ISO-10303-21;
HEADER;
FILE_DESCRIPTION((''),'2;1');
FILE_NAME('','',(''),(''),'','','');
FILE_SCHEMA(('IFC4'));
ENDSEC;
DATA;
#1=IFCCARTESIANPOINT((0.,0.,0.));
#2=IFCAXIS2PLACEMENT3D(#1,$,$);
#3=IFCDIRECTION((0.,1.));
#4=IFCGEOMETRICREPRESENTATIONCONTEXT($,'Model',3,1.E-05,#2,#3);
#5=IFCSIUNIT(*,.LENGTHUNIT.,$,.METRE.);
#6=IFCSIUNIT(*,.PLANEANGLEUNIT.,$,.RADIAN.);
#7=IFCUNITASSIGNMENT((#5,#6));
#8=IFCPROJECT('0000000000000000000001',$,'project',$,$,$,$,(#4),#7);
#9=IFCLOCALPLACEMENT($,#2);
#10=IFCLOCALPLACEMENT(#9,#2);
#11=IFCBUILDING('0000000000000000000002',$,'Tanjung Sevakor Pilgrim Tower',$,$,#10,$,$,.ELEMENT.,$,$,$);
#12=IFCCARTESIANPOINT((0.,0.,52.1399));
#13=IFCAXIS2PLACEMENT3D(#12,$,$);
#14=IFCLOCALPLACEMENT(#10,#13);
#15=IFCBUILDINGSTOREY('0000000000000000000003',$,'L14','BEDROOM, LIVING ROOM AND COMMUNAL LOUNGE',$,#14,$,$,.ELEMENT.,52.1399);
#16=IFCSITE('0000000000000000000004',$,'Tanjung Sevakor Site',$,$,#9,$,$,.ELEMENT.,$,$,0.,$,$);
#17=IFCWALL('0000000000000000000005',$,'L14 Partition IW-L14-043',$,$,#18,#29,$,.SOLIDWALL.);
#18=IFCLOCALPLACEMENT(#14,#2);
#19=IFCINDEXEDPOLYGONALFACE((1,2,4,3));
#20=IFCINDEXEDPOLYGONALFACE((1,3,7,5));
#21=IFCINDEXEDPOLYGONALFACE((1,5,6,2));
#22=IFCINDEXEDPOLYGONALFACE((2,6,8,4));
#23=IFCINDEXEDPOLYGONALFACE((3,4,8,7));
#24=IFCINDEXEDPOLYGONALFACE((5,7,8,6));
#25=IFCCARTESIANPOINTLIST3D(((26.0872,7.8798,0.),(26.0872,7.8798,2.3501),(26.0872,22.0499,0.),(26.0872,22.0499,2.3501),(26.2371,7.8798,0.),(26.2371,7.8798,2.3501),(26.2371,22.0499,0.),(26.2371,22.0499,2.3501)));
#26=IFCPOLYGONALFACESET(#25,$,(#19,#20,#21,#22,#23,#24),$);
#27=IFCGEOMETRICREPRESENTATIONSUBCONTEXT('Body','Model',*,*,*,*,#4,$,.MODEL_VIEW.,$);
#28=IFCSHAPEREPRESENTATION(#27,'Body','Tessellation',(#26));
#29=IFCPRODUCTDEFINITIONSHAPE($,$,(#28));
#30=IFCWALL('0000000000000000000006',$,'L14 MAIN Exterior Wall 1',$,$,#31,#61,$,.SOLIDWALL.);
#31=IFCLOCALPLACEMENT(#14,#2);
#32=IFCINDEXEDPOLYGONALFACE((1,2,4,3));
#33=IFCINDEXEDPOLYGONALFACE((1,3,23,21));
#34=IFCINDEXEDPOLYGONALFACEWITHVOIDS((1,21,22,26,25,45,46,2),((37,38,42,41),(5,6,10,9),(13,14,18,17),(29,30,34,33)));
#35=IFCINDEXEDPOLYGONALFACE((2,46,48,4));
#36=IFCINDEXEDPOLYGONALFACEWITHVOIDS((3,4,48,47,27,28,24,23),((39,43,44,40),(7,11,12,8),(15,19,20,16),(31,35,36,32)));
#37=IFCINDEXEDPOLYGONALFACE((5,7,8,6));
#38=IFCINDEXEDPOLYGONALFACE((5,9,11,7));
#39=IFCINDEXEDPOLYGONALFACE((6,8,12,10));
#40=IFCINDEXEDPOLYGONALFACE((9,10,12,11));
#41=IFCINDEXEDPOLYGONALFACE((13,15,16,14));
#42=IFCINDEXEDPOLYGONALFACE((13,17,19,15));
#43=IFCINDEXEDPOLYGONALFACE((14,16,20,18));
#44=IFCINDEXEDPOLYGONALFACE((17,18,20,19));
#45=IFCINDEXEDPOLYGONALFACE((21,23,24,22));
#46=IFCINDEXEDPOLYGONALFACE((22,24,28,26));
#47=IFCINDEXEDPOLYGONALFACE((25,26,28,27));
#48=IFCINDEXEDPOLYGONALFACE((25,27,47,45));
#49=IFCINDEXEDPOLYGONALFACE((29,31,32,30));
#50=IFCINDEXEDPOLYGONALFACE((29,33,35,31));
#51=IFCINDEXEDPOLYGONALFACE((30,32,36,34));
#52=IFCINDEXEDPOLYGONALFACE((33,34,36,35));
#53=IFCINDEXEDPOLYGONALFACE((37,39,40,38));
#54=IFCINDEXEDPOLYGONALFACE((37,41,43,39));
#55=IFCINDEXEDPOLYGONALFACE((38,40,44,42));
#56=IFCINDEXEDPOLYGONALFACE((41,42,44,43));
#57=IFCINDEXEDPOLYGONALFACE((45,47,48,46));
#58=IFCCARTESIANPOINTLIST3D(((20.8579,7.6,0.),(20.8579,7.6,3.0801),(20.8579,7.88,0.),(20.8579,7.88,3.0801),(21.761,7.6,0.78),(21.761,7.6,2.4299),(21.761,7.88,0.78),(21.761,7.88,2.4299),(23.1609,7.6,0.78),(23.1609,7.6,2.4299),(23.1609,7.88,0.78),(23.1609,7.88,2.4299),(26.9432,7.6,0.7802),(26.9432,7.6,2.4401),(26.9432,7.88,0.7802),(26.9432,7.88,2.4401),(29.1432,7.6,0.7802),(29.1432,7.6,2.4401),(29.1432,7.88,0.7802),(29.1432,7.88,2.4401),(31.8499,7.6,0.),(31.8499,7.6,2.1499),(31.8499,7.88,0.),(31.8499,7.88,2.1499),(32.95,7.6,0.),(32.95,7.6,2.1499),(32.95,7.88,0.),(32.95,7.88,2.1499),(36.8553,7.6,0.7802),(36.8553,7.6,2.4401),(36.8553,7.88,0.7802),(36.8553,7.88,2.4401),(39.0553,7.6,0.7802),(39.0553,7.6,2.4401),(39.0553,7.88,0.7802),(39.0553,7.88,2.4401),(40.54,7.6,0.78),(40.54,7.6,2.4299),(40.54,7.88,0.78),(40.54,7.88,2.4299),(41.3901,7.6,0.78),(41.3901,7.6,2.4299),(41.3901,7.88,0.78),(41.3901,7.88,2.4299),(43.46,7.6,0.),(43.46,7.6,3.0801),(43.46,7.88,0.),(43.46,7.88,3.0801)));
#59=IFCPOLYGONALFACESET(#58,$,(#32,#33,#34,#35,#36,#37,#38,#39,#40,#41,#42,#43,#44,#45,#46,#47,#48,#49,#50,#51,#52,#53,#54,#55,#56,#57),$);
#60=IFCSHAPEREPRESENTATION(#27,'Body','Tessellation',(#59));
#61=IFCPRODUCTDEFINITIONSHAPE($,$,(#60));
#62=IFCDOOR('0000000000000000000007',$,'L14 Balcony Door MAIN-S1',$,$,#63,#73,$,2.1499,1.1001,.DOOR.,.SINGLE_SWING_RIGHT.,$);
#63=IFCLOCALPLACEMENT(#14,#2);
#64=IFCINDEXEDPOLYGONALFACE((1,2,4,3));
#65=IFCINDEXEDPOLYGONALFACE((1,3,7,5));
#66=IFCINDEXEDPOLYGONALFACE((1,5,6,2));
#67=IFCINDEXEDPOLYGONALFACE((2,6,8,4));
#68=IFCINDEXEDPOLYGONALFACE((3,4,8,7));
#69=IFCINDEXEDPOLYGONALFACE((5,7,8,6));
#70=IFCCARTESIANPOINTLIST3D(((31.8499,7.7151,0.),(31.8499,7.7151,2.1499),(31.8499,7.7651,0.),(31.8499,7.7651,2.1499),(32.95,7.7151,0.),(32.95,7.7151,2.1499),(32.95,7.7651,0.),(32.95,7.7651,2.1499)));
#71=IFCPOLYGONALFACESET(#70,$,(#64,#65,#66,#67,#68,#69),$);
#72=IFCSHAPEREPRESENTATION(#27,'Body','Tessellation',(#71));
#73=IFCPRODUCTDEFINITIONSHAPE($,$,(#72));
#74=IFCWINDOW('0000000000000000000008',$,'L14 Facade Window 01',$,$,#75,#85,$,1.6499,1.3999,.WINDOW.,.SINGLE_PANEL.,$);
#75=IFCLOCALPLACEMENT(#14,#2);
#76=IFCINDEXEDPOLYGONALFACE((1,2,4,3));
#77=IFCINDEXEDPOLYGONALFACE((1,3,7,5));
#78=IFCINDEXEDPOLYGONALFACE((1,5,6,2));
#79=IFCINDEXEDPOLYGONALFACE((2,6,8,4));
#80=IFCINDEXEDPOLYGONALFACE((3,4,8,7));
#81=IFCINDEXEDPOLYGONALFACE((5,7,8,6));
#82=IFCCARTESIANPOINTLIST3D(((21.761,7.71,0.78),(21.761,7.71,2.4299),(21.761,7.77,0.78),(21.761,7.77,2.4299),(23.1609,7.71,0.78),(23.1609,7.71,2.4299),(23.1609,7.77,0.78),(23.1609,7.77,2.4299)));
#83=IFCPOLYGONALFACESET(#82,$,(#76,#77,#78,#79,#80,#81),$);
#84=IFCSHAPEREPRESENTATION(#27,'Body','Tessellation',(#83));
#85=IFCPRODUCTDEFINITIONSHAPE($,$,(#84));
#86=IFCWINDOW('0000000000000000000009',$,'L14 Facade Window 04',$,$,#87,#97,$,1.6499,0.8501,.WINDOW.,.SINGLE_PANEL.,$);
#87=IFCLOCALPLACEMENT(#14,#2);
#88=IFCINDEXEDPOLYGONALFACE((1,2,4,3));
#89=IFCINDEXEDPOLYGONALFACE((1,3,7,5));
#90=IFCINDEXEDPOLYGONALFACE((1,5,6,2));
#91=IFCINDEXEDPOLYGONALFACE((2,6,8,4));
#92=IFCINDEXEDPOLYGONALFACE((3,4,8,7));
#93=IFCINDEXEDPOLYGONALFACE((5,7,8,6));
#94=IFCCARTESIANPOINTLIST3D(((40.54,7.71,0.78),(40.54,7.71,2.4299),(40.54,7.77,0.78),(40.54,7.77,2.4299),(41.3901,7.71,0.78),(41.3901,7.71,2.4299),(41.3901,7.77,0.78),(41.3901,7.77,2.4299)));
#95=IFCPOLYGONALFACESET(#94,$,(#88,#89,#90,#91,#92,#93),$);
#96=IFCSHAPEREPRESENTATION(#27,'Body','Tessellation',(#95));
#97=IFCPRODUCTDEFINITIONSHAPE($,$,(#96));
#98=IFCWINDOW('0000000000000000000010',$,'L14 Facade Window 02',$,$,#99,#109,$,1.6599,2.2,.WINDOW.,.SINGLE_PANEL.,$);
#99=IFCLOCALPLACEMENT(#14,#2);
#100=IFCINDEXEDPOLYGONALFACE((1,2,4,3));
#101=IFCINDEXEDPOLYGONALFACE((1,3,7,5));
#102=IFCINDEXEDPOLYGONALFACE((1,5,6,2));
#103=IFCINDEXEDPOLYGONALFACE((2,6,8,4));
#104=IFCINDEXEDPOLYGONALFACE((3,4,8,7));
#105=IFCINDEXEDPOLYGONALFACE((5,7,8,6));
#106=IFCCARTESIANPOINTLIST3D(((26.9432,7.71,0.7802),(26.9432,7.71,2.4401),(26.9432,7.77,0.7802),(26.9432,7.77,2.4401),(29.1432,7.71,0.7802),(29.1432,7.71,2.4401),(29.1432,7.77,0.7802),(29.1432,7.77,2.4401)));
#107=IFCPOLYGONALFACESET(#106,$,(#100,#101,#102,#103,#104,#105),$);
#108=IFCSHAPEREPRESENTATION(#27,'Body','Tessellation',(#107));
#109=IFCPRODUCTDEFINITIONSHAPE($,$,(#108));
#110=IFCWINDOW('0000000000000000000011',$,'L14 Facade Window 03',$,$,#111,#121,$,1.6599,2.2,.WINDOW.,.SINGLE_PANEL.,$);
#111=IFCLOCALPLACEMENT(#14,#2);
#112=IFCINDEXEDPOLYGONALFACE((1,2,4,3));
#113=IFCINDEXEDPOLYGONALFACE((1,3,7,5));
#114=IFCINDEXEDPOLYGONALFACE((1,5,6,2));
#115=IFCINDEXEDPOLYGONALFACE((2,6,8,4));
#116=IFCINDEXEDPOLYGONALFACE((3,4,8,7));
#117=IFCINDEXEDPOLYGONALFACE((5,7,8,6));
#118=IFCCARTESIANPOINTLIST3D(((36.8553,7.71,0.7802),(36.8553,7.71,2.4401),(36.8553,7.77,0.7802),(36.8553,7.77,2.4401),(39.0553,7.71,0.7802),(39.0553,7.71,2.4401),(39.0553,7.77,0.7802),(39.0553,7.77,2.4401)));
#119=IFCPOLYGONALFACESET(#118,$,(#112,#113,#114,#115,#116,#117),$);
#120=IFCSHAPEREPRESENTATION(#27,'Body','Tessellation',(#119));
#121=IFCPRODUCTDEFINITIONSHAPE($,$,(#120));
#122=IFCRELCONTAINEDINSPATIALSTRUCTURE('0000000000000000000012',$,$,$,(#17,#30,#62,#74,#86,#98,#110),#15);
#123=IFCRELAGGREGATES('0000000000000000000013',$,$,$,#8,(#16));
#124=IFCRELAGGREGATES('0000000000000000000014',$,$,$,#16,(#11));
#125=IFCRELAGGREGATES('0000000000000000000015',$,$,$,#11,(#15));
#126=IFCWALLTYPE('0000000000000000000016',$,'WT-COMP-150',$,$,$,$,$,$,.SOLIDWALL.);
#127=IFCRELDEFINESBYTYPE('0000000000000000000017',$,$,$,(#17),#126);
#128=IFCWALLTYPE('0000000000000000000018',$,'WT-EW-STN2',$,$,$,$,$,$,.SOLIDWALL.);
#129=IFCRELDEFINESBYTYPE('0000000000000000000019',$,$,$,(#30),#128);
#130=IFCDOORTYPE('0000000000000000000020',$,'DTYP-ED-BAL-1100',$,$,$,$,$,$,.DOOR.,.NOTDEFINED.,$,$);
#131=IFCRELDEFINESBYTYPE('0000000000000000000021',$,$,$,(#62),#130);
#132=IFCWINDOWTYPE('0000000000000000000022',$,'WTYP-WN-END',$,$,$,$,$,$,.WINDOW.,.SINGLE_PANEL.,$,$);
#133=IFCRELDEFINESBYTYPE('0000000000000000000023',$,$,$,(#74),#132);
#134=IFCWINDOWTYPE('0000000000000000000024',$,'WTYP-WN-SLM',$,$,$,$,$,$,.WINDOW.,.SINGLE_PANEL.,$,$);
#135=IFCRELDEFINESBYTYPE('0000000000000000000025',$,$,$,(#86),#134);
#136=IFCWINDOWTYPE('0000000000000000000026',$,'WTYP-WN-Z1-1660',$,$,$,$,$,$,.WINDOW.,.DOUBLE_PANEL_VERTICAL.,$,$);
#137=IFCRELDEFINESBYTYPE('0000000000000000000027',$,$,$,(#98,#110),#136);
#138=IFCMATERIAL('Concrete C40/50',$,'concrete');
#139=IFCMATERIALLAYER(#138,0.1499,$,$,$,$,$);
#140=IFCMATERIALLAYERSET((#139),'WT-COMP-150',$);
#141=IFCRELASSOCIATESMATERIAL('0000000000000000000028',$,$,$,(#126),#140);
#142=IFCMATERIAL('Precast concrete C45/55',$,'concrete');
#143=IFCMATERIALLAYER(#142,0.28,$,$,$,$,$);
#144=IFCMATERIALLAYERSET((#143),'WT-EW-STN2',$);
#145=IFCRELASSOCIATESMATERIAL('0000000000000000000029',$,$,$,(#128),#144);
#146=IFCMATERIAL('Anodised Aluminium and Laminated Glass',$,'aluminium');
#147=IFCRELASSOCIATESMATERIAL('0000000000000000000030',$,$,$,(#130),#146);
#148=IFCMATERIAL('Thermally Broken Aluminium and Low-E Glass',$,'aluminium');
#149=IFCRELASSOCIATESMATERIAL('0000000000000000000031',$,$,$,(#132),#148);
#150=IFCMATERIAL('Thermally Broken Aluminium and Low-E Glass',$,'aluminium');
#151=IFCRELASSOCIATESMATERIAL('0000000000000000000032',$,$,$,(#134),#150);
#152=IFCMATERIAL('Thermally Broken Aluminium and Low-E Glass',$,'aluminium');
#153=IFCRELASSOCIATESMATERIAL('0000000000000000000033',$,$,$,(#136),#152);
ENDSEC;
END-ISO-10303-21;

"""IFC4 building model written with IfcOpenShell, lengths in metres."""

from ifc_helpers import new_model, si_unit, direction, frame, frame_2d, origin, place, context, subcontext, project, spatial, rectangle, extrude, material, layer, layer_set, type_object, element, fill, save


model = new_model("IFC4")

# Units and contexts
model_context = context("Model", 3, precision=1e-05, world=origin(), true_north=direction((0.0, 1.0)))
body_context = subcontext(model_context, "Body", "Model", "MODEL_VIEW")
ifc_project = project(units=[si_unit("LENGTHUNIT", "METRE"), si_unit("PLANEANGLEUNIT", "RADIAN")], contexts=[model_context])

# Site, building, storey
site_placement = place(None, origin())
site = spatial("IfcSite", under=ifc_project, at=site_placement, Name="Tanjung Sevakor Site", CompositionType="ELEMENT", RefElevation=0.0)
building_placement = place(site_placement, origin())
building = spatial("IfcBuilding", under=site, at=building_placement, Name="Tanjung Sevakor Pilgrim Tower", CompositionType="ELEMENT")
storey_placement = place(building_placement, frame((0.0, 0.0, 52.1399)))
storey = spatial("IfcBuildingStorey", under=building, at=storey_placement, Name="L14", Description="BEDROOM, LIVING ROOM AND COMMUNAL LOUNGE", CompositionType="ELEMENT", Elevation=52.1399)

# Wall
ifc_material_1 = material(Name="Concrete C40/50", Category="concrete")
ifc_layer_1 = layer(ifc_material_1, 0.1499)
ifc_layer_set_1 = layer_set([ifc_layer_1], Name="WT-COMP-150")
wall_type_1 = type_object("IfcWallType", Name="WT-COMP-150", PredefinedType="SOLIDWALL", material=ifc_layer_set_1)
for number, where, z_axis, x_axis, name in (
    (1, (26.1621, 7.8799, 0.0), (0.0, 0.0, 1.0), (0.0, 1.0, 0.0), "L14 Partition IW-L14-043"),
):
    element("IfcWall", number, at=place(storey_placement, frame(where, z_axis=z_axis, x_axis=x_axis)), inside=storey, type_object=wall_type_1, Name=name, PredefinedType="SOLIDWALL", context=body_context, shape_type="SweptSolid", body=[
        extrude(rectangle(XDim=14.1702, YDim=0.1499, at=frame_2d((7.085, 0.0))), origin(), (0.0, 0.0, 1.0), 2.3501),
    ])

# Wall, openings, door, windows
ifc_material_2 = material(Name="Precast concrete C45/55", Category="concrete")
ifc_layer_2 = layer(ifc_material_2, 0.28)
ifc_layer_set_2 = layer_set([ifc_layer_2], Name="WT-EW-STN2")
wall_type_2 = type_object("IfcWallType", Name="WT-EW-STN2", PredefinedType="SOLIDWALL", material=ifc_layer_set_2)
wall_1_placement = place(storey_placement, frame((20.8579, 7.74, 0.0), z_axis=(0.0, 0.0, 1.0), x_axis=(1.0, 0.0, 0.0)))
wall_1 = element("IfcWall", 2, at=wall_1_placement, inside=storey, type_object=wall_type_2, Name="L14 MAIN Exterior Wall 1", PredefinedType="SOLIDWALL", context=body_context, shape_type="SweptSolid", body=[
    extrude(rectangle(XDim=22.6021, YDim=0.28, at=frame_2d((11.301, 0.0))), origin(), (0.0, 0.0, 1.0), 3.0801),
])
opening_1_placement = place(wall_1_placement, frame((10.9919, 0.0, 0.0)))
opening_1 = element("IfcOpeningElement", 3, at=opening_1_placement, cuts=wall_1, PredefinedType="OPENING", context=body_context, shape_type="SweptSolid", body=[
    extrude(rectangle(XDim=1.1001, YDim=2.1499, at=frame_2d((0.55, 1.075))), frame((0.0, 0.1499, 0.0), z_axis=(0.0, -1.0, 0.0), x_axis=(1.0, 0.0, 0.0)), (0.0, 0.0, 1.0), 0.3),
])
opening_2_placement = place(wall_1_placement, frame((0.9031, 0.0, 0.78)))
opening_2 = element("IfcOpeningElement", 4, at=opening_2_placement, cuts=wall_1, PredefinedType="OPENING", context=body_context, shape_type="SweptSolid", body=[
    extrude(rectangle(XDim=1.3999, YDim=1.6499, at=frame_2d((0.7, 0.825))), frame((0.0, 0.1499, 0.0), z_axis=(0.0, -1.0, 0.0), x_axis=(1.0, 0.0, 0.0)), (0.0, 0.0, 1.0), 0.3),
])
opening_3_placement = place(wall_1_placement, frame((6.0852, 0.0, 0.78)))
opening_3 = element("IfcOpeningElement", 5, at=opening_3_placement, cuts=wall_1, PredefinedType="OPENING", context=body_context, shape_type="SweptSolid", body=[
    extrude(rectangle(XDim=2.2, YDim=1.6599, at=frame_2d((1.1001, 0.8301))), frame((0.0, 0.1499, 0.0), z_axis=(0.0, -1.0, 0.0), x_axis=(1.0, 0.0, 0.0)), (0.0, 0.0, 1.0), 0.3),
])
opening_4_placement = place(wall_1_placement, frame((15.9973, 0.0, 0.78)))
opening_4 = element("IfcOpeningElement", 6, at=opening_4_placement, cuts=wall_1, PredefinedType="OPENING", context=body_context, shape_type="SweptSolid", body=[
    extrude(rectangle(XDim=2.2, YDim=1.6599, at=frame_2d((1.1001, 0.8301))), frame((0.0, 0.1499, 0.0), z_axis=(0.0, -1.0, 0.0), x_axis=(1.0, 0.0, 0.0)), (0.0, 0.0, 1.0), 0.3),
])
opening_5_placement = place(wall_1_placement, frame((19.6821, 0.0, 0.78)))
opening_5 = element("IfcOpeningElement", 7, at=opening_5_placement, cuts=wall_1, PredefinedType="OPENING", context=body_context, shape_type="SweptSolid", body=[
    extrude(rectangle(XDim=0.8501, YDim=1.6499, at=frame_2d((0.425, 0.825))), frame((0.0, 0.1499, 0.0), z_axis=(0.0, -1.0, 0.0), x_axis=(1.0, 0.0, 0.0)), (0.0, 0.0, 1.0), 0.3),
])
ifc_material_3 = material(Name="Anodised Aluminium and Laminated Glass", Category="aluminium")
door_type_1 = type_object("IfcDoorType", Name="DTYP-ED-BAL-1100", OperationType="NOTDEFINED", PredefinedType="DOOR", material=ifc_material_3)
door_1_placement = place(opening_1_placement, frame((1.1001, 0.0, 0.0), z_axis=(0.0, 0.0, 1.0), x_axis=(-1.0, 0.0, 0.0)))
door_1 = element("IfcDoor", 8, at=door_1_placement, inside=storey, type_object=door_type_1, Name="L14 Balcony Door MAIN-S1", OperationType="SINGLE_SWING_RIGHT", OverallHeight=2.1499, OverallWidth=1.1001, PredefinedType="DOOR", context=body_context, shape_type="SweptSolid", body=[
    extrude(rectangle(XDim=1.1001, YDim=2.1499, at=frame_2d((0.55, 1.075))), frame((0.0, 0.0249, 0.0), z_axis=(0.0, -1.0, 0.0), x_axis=(1.0, 0.0, 0.0)), (0.0, 0.0, 1.0), 0.05),
])
fill(opening_1, door_1)
ifc_material_4 = material(Name="Thermally Broken Aluminium and Low-E Glass", Category="aluminium")
window_type_1 = type_object("IfcWindowType", Name="WTYP-WN-END", PartitioningType="SINGLE_PANEL", PredefinedType="WINDOW", material=ifc_material_4)
window_1_placement = place(opening_2_placement, origin())
window_1 = element("IfcWindow", 9, at=window_1_placement, inside=storey, type_object=window_type_1, Name="L14 Facade Window 01", OverallHeight=1.6499, OverallWidth=1.3999, PartitioningType="SINGLE_PANEL", PredefinedType="WINDOW", context=body_context, shape_type="SweptSolid", body=[
    extrude(rectangle(XDim=1.3999, YDim=1.6499, at=frame_2d((0.7, 0.825))), frame((0.0, 0.03, 0.0), z_axis=(0.0, -1.0, 0.0), x_axis=(1.0, 0.0, 0.0)), (0.0, 0.0, 1.0), 0.0601),
])
fill(opening_2, window_1)
ifc_material_5 = material(Name="Thermally Broken Aluminium and Low-E Glass", Category="aluminium")
window_type_2 = type_object("IfcWindowType", Name="WTYP-WN-SLM", PartitioningType="SINGLE_PANEL", PredefinedType="WINDOW", material=ifc_material_5)
window_2_placement = place(opening_5_placement, origin())
window_2 = element("IfcWindow", 10, at=window_2_placement, inside=storey, type_object=window_type_2, Name="L14 Facade Window 04", OverallHeight=1.6499, OverallWidth=0.8501, PartitioningType="SINGLE_PANEL", PredefinedType="WINDOW", context=body_context, shape_type="SweptSolid", body=[
    extrude(rectangle(XDim=0.8501, YDim=1.6499, at=frame_2d((0.425, 0.825))), frame((0.0, 0.03, 0.0), z_axis=(0.0, -1.0, 0.0), x_axis=(1.0, 0.0, 0.0)), (0.0, 0.0, 1.0), 0.0601),
])
fill(opening_5, window_2)
ifc_material_6 = material(Name="Thermally Broken Aluminium and Low-E Glass", Category="aluminium")
window_type_3 = type_object("IfcWindowType", Name="WTYP-WN-Z1-1660", PartitioningType="DOUBLE_PANEL_VERTICAL", PredefinedType="WINDOW", material=ifc_material_6)
window_3_placement = place(opening_3_placement, origin())
window_3 = element("IfcWindow", 11, at=window_3_placement, inside=storey, type_object=window_type_3, Name="L14 Facade Window 02", OverallHeight=1.6599, OverallWidth=2.2, PartitioningType="SINGLE_PANEL", PredefinedType="WINDOW", context=body_context, shape_type="SweptSolid", body=[
    extrude(rectangle(XDim=2.2, YDim=1.6599, at=frame_2d((1.1001, 0.8301))), frame((0.0, 0.03, 0.0), z_axis=(0.0, -1.0, 0.0), x_axis=(1.0, 0.0, 0.0)), (0.0, 0.0, 1.0), 0.0601),
])
fill(opening_3, window_3)
window_4_placement = place(opening_4_placement, origin())
window_4 = element("IfcWindow", 12, at=window_4_placement, inside=storey, type_object=window_type_3, Name="L14 Facade Window 03", OverallHeight=1.6599, OverallWidth=2.2, PartitioningType="SINGLE_PANEL", PredefinedType="WINDOW", context=body_context, shape_type="SweptSolid", body=[
    extrude(rectangle(XDim=2.2, YDim=1.6599, at=frame_2d((1.1001, 0.8301))), frame((0.0, 0.03, 0.0), z_axis=(0.0, -1.0, 0.0), x_axis=(1.0, 0.0, 0.0)), (0.0, 0.0, 1.0), 0.0601),
])
fill(opening_4, window_4)

save(model, "model.ifc")
